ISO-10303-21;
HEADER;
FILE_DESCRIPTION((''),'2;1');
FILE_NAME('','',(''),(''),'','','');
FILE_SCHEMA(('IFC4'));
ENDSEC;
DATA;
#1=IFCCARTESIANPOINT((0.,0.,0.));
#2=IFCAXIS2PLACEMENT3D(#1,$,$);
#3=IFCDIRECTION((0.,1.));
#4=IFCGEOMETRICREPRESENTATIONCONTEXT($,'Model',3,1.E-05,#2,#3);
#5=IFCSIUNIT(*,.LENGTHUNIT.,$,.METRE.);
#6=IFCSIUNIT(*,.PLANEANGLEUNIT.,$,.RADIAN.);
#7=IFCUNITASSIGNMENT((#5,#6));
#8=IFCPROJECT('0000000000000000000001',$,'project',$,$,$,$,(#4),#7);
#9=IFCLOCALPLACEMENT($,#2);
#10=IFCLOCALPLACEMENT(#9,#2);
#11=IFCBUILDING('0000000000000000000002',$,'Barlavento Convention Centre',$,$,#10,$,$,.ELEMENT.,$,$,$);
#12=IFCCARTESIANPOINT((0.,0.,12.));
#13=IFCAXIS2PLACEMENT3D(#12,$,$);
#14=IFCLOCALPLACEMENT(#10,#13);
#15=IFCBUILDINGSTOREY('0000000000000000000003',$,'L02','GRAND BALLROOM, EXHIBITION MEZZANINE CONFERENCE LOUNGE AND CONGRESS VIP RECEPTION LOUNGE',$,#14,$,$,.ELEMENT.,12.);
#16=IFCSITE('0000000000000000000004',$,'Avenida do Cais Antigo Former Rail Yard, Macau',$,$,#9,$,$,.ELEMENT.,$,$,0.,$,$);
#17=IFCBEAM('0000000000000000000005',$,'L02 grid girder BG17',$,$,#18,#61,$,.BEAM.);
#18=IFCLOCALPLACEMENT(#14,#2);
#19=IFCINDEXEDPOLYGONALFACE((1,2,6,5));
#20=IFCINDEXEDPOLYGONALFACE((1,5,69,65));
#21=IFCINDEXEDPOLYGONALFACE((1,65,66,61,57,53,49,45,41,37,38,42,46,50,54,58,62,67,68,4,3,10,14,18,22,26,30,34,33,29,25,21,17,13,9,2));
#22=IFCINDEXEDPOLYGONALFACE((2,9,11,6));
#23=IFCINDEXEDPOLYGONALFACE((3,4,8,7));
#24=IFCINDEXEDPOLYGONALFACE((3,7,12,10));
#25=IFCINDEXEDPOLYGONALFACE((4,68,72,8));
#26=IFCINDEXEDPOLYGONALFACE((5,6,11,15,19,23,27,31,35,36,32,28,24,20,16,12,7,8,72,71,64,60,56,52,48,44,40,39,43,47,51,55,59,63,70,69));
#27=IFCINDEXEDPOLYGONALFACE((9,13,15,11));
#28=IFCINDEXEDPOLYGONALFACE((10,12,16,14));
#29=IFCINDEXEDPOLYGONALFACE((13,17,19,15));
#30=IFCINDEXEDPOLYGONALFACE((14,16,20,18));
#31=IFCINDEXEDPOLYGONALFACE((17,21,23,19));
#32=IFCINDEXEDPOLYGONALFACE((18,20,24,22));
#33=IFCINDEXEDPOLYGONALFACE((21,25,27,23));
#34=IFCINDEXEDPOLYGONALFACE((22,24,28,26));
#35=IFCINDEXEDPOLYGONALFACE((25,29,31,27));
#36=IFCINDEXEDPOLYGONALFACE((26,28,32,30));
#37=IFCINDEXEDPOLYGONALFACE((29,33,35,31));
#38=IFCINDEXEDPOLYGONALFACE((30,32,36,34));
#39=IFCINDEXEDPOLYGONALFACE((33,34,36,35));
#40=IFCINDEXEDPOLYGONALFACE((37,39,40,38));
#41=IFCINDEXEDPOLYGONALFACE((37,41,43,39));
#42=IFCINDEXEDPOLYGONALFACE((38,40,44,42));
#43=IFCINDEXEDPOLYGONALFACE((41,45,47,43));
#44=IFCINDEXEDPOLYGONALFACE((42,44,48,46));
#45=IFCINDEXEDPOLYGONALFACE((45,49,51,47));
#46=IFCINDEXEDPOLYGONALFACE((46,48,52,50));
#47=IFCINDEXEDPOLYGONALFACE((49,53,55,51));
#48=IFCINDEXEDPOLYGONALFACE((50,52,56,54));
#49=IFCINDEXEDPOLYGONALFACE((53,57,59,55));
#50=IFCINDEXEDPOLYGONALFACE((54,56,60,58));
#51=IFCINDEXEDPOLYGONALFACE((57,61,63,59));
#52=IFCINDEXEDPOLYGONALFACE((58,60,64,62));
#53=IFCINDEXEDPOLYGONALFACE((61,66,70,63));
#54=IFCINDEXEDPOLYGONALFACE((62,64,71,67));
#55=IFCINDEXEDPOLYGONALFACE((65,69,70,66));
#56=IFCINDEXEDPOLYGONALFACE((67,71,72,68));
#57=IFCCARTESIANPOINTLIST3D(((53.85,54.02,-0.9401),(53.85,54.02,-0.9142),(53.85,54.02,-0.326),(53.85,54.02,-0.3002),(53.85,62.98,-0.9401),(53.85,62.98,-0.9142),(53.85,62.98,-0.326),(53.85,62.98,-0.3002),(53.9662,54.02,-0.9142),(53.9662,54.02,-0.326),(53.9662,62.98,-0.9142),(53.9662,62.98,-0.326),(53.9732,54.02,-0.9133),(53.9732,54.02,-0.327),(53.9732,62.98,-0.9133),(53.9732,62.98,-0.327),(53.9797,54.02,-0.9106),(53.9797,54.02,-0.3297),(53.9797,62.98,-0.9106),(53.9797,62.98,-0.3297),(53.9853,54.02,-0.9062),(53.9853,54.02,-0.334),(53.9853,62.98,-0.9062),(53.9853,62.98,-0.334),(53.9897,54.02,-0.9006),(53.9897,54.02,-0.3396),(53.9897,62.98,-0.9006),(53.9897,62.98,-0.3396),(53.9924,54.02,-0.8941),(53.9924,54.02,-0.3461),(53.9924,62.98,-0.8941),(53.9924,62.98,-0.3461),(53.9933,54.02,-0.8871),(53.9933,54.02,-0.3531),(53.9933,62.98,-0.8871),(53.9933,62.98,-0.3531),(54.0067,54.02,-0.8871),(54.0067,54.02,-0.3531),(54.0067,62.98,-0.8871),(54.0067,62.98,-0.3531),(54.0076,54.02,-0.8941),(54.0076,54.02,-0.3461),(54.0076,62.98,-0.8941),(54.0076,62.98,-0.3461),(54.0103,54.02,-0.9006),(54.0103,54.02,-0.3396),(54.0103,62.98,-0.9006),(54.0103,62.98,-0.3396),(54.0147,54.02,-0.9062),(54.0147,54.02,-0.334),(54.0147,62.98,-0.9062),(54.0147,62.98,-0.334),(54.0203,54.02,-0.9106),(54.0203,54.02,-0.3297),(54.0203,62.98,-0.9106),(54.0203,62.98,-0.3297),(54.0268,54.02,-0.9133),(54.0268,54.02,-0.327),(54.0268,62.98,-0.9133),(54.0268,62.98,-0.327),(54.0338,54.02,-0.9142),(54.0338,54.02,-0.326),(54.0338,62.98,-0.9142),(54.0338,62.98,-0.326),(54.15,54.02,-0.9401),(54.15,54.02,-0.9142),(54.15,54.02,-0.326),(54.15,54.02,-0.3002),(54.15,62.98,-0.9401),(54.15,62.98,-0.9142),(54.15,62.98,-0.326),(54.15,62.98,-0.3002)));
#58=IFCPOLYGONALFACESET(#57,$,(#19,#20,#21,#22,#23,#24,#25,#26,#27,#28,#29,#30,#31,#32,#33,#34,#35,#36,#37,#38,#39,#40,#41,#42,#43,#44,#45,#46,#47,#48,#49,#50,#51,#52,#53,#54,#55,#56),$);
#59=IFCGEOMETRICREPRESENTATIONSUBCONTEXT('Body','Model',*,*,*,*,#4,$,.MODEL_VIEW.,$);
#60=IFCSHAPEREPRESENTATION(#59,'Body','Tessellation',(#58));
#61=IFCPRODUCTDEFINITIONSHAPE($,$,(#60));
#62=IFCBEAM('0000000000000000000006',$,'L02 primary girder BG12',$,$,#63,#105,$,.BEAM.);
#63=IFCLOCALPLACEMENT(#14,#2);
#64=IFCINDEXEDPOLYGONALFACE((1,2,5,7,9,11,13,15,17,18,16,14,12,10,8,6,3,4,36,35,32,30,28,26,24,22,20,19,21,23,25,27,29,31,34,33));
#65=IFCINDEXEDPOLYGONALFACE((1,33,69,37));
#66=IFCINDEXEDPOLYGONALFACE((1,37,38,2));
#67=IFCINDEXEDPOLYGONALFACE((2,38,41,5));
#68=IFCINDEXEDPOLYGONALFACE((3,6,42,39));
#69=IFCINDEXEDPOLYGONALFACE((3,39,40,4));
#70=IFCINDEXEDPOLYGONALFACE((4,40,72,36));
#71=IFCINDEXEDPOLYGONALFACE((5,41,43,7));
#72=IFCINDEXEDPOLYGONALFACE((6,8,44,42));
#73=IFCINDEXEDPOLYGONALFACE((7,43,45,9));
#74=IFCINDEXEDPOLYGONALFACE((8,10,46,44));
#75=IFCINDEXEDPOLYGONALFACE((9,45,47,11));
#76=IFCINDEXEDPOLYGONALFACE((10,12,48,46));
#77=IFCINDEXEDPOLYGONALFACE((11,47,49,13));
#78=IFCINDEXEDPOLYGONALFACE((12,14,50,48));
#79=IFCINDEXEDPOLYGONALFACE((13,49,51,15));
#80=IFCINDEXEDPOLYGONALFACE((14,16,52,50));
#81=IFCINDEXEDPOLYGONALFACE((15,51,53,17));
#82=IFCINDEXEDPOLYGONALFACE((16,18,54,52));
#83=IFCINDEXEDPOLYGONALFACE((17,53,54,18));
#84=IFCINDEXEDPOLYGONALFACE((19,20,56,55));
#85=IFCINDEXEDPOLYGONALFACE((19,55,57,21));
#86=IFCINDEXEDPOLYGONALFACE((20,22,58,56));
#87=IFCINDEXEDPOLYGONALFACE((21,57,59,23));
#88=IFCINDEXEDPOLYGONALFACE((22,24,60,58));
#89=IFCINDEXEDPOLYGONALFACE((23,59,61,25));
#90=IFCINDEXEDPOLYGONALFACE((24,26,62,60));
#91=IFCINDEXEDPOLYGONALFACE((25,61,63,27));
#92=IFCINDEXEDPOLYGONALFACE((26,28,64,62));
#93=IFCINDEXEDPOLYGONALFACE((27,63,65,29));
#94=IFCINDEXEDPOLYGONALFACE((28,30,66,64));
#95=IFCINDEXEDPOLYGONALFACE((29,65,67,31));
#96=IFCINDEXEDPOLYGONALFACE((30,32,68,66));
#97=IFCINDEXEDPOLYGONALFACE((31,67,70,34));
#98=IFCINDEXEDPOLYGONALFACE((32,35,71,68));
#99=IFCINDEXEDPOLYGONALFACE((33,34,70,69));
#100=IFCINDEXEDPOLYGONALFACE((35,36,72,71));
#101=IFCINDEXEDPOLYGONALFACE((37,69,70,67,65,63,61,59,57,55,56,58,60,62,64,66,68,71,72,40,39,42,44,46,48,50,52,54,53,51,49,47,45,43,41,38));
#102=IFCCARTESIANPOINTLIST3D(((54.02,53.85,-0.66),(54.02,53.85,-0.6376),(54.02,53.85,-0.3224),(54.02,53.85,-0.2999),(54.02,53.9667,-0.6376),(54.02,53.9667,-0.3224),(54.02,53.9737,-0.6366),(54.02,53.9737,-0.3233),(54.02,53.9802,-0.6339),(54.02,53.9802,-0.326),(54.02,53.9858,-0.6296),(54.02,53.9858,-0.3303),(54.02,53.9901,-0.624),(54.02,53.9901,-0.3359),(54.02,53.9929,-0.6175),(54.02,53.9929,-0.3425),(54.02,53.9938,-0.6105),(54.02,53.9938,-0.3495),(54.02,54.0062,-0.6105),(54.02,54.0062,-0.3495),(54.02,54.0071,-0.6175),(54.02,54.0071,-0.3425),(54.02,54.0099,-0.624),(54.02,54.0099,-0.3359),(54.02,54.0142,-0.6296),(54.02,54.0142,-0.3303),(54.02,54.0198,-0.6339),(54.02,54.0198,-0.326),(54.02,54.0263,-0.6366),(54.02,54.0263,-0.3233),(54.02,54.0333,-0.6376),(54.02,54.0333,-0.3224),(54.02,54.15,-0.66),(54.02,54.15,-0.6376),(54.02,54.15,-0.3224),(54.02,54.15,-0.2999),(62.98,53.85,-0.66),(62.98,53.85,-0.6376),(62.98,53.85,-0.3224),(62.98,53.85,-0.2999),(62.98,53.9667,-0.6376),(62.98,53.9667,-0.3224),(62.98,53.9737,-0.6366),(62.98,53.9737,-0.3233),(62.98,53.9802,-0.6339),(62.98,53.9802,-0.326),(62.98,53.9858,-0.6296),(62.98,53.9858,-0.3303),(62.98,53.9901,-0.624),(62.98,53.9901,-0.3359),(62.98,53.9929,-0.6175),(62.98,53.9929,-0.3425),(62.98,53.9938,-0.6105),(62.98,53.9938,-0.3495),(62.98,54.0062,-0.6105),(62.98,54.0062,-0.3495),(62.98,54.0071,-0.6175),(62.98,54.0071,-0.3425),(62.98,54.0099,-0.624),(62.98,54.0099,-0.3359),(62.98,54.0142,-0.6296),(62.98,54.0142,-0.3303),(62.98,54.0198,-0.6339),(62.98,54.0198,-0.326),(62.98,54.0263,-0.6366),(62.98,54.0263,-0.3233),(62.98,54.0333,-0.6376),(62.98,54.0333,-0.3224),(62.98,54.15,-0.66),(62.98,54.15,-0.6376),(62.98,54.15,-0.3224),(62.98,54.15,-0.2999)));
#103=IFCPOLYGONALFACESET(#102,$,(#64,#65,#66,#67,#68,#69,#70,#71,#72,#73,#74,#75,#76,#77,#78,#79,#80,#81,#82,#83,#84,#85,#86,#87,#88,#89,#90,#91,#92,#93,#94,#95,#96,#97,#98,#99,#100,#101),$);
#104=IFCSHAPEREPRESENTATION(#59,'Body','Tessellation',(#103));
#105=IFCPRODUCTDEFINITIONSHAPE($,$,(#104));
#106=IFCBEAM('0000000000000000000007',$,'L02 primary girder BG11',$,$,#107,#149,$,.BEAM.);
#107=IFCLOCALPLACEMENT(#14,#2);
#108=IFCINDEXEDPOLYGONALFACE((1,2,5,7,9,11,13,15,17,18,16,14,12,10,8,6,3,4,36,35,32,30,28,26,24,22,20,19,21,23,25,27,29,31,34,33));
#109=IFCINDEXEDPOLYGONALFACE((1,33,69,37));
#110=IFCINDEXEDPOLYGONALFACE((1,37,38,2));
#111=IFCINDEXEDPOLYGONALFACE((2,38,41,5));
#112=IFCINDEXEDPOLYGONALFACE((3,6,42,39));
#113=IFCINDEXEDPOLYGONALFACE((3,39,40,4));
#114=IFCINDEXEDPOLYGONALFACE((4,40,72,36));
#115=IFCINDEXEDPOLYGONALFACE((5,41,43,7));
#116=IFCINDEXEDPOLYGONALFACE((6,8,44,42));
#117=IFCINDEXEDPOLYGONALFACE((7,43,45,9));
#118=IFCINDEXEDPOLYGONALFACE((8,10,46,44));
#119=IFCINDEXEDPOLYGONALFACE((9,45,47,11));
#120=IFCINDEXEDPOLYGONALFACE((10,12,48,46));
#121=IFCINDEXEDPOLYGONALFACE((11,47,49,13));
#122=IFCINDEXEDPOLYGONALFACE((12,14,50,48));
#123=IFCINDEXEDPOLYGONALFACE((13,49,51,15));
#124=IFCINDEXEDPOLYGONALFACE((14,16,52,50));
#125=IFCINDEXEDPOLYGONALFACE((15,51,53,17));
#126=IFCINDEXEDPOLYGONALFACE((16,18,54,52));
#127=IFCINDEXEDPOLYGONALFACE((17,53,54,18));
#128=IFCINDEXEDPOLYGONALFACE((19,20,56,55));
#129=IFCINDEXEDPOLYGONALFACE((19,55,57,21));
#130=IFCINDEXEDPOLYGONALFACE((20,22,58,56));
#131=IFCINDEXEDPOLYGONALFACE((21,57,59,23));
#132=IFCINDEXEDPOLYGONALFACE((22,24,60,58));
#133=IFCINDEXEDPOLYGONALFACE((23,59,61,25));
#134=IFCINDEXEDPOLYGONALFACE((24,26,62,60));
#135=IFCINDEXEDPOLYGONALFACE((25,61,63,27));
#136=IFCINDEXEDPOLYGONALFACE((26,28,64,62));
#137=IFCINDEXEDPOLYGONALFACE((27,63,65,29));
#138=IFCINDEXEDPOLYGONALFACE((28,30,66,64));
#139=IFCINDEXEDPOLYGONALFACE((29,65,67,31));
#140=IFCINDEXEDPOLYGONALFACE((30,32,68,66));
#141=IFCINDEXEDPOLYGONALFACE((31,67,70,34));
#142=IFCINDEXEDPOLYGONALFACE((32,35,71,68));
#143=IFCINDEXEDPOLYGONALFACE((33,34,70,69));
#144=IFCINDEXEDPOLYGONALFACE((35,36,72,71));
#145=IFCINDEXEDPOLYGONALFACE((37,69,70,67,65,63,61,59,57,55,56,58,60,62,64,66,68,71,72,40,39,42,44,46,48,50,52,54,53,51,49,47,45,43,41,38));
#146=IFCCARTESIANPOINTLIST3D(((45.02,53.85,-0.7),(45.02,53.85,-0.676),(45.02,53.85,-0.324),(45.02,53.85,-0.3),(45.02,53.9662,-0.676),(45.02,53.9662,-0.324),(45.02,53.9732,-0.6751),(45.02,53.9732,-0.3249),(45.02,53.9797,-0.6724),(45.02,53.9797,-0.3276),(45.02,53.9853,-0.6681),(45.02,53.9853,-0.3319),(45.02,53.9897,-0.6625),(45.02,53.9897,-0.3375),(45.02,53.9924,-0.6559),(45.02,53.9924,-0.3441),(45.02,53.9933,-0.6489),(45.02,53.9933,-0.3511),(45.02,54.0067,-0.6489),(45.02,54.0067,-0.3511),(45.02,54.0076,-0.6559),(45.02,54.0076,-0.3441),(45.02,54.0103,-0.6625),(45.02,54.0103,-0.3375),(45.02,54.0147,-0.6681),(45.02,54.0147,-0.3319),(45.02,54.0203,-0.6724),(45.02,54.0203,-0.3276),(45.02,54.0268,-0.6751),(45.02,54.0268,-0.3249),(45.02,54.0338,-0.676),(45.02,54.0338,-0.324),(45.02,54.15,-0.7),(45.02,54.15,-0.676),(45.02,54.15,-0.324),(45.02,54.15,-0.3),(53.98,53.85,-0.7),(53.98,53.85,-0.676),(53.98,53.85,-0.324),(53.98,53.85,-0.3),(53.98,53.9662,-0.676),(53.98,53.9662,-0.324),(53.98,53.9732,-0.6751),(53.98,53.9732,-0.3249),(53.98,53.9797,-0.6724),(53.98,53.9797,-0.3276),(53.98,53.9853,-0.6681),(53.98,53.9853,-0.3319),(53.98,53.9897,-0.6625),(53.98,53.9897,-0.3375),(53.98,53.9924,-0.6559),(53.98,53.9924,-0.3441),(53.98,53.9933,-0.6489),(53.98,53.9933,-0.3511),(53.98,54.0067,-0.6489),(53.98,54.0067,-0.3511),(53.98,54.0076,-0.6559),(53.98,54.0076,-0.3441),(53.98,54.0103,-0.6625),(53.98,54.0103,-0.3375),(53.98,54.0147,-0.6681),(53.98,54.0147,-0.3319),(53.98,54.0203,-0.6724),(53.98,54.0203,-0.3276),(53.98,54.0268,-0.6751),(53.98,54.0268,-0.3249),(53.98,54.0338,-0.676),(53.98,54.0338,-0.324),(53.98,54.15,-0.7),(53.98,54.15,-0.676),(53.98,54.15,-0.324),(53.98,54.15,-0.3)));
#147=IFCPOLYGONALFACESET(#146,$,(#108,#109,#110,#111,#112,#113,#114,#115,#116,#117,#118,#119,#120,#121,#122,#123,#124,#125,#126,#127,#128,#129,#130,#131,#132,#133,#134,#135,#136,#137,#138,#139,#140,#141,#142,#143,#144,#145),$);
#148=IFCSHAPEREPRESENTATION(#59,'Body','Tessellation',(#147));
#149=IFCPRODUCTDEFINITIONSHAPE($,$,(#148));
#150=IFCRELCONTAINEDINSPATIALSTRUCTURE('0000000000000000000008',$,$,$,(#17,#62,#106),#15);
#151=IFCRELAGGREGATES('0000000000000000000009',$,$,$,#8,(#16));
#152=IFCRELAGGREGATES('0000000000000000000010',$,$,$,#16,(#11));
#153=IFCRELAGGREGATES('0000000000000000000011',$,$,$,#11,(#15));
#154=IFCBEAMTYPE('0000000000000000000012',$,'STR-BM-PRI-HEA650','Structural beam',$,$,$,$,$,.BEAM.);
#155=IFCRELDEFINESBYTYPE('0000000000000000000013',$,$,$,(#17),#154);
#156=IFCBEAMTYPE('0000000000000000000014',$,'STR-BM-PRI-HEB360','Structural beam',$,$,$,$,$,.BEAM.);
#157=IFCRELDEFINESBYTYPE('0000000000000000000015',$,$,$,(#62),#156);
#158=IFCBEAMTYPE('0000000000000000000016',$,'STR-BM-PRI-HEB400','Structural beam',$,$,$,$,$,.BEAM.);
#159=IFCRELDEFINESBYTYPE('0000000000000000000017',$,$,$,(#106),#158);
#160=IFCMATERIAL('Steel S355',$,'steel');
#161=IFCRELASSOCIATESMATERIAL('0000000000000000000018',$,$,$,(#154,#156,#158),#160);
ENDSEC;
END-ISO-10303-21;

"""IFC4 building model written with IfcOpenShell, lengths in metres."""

from ifc_helpers import new_model, si_unit, direction, frame, origin, origin_2d, place, context, subcontext, project, spatial, i_section, extrude, material, material_profile, profile_set, type_object, element, save


model = new_model("IFC4")

# Units and contexts
model_context = context("Model", 3, precision=1e-05, world=origin(), true_north=direction((0.0, 1.0)))
body_context = subcontext(model_context, "Body", "Model", "MODEL_VIEW")
ifc_project = project(units=[si_unit("LENGTHUNIT", "METRE"), si_unit("PLANEANGLEUNIT", "RADIAN")], contexts=[model_context])

# Site, building, storey
site_placement = place(None, origin())
site = spatial("IfcSite", under=ifc_project, at=site_placement, Name="Avenida do Cais Antigo Former Rail Yard, Macau", CompositionType="ELEMENT", RefElevation=0.0)
building_placement = place(site_placement, origin())
building = spatial("IfcBuilding", under=site, at=building_placement, Name="Barlavento Convention Centre", CompositionType="ELEMENT")
storey_placement = place(building_placement, frame((0.0, 0.0, 12.0)))
storey = spatial("IfcBuildingStorey", under=building, at=storey_placement, Name="L02", Description="GRAND BALLROOM, EXHIBITION MEZZANINE CONFERENCE LOUNGE AND CONGRESS VIP RECEPTION LOUNGE", CompositionType="ELEMENT", Elevation=12.0)

# Shared definitions
ifc_material_1 = material(Name="Steel S355", Category="steel")

# Beams
ifc_material_profile_1 = material_profile(ifc_material_1, i_section(OverallWidth=0.3, OverallDepth=0.6399, WebThickness=0.0134, FlangeThickness=0.0259, FilletRadius=0.0271, at=origin_2d()), Name="HEA 650")
ifc_profile_set_1 = profile_set([ifc_material_profile_1], Name="Steel S355")
beam_type_1 = type_object("IfcBeamType", Name="STR-BM-PRI-HEA650", Description="Structural beam", PredefinedType="BEAM", material=ifc_profile_set_1)
beam_1_placement = place(storey_placement, frame((54.0, 54.02, -0.6201), z_axis=(0.0, 1.0, 0.0), x_axis=(-1.0, 0.0, 0.0)))
element("IfcBeam", 1, at=beam_1_placement, inside=storey, type_object=beam_type_1, Name="L02 grid girder BG17", PredefinedType="BEAM", context=body_context, shape_type="SweptSolid", body=[
    extrude(i_section(OverallWidth=0.3, OverallDepth=0.6399, WebThickness=0.0134, FlangeThickness=0.0259, FilletRadius=0.0271, at=origin_2d()), origin(), (0.0, 0.0, 1.0), 8.96),
])
ifc_material_profile_2 = material_profile(ifc_material_1, i_section(OverallWidth=0.3, OverallDepth=0.3601, WebThickness=0.0125, FlangeThickness=0.0225, FilletRadius=0.0271, at=origin_2d()), Name="HEB 360")
ifc_profile_set_2 = profile_set([ifc_material_profile_2], Name="Steel S355")
beam_type_2 = type_object("IfcBeamType", Name="STR-BM-PRI-HEB360", Description="Structural beam", PredefinedType="BEAM", material=ifc_profile_set_2)
beam_2_placement = place(storey_placement, frame((54.02, 54.0, -0.48), z_axis=(1.0, 0.0, 0.0), x_axis=(0.0, 1.0, 0.0)))
element("IfcBeam", 2, at=beam_2_placement, inside=storey, type_object=beam_type_2, Name="L02 primary girder BG12", PredefinedType="BEAM", context=body_context, shape_type="SweptSolid", body=[
    extrude(i_section(OverallWidth=0.3, OverallDepth=0.3601, WebThickness=0.0125, FlangeThickness=0.0225, FilletRadius=0.0271, at=origin_2d()), origin(), (0.0, 0.0, 1.0), 8.96),
])
ifc_material_profile_3 = material_profile(ifc_material_1, i_section(OverallWidth=0.3, OverallDepth=0.3999, WebThickness=0.0134, FlangeThickness=0.0239, FilletRadius=0.0271, at=origin_2d()), Name="HEB 400")
ifc_profile_set_3 = profile_set([ifc_material_profile_3], Name="Steel S355")
beam_type_3 = type_object("IfcBeamType", Name="STR-BM-PRI-HEB400", Description="Structural beam", PredefinedType="BEAM", material=ifc_profile_set_3)
beam_3_placement = place(storey_placement, frame((45.02, 54.0, -0.5), z_axis=(1.0, 0.0, 0.0), x_axis=(0.0, 1.0, 0.0)))
element("IfcBeam", 3, at=beam_3_placement, inside=storey, type_object=beam_type_3, Name="L02 primary girder BG11", PredefinedType="BEAM", context=body_context, shape_type="SweptSolid", body=[
    extrude(i_section(OverallWidth=0.3, OverallDepth=0.3999, WebThickness=0.0134, FlangeThickness=0.0239, FilletRadius=0.0271, at=origin_2d()), origin(), (0.0, 0.0, 1.0), 8.96),
])

save(model, "model.ifc")
